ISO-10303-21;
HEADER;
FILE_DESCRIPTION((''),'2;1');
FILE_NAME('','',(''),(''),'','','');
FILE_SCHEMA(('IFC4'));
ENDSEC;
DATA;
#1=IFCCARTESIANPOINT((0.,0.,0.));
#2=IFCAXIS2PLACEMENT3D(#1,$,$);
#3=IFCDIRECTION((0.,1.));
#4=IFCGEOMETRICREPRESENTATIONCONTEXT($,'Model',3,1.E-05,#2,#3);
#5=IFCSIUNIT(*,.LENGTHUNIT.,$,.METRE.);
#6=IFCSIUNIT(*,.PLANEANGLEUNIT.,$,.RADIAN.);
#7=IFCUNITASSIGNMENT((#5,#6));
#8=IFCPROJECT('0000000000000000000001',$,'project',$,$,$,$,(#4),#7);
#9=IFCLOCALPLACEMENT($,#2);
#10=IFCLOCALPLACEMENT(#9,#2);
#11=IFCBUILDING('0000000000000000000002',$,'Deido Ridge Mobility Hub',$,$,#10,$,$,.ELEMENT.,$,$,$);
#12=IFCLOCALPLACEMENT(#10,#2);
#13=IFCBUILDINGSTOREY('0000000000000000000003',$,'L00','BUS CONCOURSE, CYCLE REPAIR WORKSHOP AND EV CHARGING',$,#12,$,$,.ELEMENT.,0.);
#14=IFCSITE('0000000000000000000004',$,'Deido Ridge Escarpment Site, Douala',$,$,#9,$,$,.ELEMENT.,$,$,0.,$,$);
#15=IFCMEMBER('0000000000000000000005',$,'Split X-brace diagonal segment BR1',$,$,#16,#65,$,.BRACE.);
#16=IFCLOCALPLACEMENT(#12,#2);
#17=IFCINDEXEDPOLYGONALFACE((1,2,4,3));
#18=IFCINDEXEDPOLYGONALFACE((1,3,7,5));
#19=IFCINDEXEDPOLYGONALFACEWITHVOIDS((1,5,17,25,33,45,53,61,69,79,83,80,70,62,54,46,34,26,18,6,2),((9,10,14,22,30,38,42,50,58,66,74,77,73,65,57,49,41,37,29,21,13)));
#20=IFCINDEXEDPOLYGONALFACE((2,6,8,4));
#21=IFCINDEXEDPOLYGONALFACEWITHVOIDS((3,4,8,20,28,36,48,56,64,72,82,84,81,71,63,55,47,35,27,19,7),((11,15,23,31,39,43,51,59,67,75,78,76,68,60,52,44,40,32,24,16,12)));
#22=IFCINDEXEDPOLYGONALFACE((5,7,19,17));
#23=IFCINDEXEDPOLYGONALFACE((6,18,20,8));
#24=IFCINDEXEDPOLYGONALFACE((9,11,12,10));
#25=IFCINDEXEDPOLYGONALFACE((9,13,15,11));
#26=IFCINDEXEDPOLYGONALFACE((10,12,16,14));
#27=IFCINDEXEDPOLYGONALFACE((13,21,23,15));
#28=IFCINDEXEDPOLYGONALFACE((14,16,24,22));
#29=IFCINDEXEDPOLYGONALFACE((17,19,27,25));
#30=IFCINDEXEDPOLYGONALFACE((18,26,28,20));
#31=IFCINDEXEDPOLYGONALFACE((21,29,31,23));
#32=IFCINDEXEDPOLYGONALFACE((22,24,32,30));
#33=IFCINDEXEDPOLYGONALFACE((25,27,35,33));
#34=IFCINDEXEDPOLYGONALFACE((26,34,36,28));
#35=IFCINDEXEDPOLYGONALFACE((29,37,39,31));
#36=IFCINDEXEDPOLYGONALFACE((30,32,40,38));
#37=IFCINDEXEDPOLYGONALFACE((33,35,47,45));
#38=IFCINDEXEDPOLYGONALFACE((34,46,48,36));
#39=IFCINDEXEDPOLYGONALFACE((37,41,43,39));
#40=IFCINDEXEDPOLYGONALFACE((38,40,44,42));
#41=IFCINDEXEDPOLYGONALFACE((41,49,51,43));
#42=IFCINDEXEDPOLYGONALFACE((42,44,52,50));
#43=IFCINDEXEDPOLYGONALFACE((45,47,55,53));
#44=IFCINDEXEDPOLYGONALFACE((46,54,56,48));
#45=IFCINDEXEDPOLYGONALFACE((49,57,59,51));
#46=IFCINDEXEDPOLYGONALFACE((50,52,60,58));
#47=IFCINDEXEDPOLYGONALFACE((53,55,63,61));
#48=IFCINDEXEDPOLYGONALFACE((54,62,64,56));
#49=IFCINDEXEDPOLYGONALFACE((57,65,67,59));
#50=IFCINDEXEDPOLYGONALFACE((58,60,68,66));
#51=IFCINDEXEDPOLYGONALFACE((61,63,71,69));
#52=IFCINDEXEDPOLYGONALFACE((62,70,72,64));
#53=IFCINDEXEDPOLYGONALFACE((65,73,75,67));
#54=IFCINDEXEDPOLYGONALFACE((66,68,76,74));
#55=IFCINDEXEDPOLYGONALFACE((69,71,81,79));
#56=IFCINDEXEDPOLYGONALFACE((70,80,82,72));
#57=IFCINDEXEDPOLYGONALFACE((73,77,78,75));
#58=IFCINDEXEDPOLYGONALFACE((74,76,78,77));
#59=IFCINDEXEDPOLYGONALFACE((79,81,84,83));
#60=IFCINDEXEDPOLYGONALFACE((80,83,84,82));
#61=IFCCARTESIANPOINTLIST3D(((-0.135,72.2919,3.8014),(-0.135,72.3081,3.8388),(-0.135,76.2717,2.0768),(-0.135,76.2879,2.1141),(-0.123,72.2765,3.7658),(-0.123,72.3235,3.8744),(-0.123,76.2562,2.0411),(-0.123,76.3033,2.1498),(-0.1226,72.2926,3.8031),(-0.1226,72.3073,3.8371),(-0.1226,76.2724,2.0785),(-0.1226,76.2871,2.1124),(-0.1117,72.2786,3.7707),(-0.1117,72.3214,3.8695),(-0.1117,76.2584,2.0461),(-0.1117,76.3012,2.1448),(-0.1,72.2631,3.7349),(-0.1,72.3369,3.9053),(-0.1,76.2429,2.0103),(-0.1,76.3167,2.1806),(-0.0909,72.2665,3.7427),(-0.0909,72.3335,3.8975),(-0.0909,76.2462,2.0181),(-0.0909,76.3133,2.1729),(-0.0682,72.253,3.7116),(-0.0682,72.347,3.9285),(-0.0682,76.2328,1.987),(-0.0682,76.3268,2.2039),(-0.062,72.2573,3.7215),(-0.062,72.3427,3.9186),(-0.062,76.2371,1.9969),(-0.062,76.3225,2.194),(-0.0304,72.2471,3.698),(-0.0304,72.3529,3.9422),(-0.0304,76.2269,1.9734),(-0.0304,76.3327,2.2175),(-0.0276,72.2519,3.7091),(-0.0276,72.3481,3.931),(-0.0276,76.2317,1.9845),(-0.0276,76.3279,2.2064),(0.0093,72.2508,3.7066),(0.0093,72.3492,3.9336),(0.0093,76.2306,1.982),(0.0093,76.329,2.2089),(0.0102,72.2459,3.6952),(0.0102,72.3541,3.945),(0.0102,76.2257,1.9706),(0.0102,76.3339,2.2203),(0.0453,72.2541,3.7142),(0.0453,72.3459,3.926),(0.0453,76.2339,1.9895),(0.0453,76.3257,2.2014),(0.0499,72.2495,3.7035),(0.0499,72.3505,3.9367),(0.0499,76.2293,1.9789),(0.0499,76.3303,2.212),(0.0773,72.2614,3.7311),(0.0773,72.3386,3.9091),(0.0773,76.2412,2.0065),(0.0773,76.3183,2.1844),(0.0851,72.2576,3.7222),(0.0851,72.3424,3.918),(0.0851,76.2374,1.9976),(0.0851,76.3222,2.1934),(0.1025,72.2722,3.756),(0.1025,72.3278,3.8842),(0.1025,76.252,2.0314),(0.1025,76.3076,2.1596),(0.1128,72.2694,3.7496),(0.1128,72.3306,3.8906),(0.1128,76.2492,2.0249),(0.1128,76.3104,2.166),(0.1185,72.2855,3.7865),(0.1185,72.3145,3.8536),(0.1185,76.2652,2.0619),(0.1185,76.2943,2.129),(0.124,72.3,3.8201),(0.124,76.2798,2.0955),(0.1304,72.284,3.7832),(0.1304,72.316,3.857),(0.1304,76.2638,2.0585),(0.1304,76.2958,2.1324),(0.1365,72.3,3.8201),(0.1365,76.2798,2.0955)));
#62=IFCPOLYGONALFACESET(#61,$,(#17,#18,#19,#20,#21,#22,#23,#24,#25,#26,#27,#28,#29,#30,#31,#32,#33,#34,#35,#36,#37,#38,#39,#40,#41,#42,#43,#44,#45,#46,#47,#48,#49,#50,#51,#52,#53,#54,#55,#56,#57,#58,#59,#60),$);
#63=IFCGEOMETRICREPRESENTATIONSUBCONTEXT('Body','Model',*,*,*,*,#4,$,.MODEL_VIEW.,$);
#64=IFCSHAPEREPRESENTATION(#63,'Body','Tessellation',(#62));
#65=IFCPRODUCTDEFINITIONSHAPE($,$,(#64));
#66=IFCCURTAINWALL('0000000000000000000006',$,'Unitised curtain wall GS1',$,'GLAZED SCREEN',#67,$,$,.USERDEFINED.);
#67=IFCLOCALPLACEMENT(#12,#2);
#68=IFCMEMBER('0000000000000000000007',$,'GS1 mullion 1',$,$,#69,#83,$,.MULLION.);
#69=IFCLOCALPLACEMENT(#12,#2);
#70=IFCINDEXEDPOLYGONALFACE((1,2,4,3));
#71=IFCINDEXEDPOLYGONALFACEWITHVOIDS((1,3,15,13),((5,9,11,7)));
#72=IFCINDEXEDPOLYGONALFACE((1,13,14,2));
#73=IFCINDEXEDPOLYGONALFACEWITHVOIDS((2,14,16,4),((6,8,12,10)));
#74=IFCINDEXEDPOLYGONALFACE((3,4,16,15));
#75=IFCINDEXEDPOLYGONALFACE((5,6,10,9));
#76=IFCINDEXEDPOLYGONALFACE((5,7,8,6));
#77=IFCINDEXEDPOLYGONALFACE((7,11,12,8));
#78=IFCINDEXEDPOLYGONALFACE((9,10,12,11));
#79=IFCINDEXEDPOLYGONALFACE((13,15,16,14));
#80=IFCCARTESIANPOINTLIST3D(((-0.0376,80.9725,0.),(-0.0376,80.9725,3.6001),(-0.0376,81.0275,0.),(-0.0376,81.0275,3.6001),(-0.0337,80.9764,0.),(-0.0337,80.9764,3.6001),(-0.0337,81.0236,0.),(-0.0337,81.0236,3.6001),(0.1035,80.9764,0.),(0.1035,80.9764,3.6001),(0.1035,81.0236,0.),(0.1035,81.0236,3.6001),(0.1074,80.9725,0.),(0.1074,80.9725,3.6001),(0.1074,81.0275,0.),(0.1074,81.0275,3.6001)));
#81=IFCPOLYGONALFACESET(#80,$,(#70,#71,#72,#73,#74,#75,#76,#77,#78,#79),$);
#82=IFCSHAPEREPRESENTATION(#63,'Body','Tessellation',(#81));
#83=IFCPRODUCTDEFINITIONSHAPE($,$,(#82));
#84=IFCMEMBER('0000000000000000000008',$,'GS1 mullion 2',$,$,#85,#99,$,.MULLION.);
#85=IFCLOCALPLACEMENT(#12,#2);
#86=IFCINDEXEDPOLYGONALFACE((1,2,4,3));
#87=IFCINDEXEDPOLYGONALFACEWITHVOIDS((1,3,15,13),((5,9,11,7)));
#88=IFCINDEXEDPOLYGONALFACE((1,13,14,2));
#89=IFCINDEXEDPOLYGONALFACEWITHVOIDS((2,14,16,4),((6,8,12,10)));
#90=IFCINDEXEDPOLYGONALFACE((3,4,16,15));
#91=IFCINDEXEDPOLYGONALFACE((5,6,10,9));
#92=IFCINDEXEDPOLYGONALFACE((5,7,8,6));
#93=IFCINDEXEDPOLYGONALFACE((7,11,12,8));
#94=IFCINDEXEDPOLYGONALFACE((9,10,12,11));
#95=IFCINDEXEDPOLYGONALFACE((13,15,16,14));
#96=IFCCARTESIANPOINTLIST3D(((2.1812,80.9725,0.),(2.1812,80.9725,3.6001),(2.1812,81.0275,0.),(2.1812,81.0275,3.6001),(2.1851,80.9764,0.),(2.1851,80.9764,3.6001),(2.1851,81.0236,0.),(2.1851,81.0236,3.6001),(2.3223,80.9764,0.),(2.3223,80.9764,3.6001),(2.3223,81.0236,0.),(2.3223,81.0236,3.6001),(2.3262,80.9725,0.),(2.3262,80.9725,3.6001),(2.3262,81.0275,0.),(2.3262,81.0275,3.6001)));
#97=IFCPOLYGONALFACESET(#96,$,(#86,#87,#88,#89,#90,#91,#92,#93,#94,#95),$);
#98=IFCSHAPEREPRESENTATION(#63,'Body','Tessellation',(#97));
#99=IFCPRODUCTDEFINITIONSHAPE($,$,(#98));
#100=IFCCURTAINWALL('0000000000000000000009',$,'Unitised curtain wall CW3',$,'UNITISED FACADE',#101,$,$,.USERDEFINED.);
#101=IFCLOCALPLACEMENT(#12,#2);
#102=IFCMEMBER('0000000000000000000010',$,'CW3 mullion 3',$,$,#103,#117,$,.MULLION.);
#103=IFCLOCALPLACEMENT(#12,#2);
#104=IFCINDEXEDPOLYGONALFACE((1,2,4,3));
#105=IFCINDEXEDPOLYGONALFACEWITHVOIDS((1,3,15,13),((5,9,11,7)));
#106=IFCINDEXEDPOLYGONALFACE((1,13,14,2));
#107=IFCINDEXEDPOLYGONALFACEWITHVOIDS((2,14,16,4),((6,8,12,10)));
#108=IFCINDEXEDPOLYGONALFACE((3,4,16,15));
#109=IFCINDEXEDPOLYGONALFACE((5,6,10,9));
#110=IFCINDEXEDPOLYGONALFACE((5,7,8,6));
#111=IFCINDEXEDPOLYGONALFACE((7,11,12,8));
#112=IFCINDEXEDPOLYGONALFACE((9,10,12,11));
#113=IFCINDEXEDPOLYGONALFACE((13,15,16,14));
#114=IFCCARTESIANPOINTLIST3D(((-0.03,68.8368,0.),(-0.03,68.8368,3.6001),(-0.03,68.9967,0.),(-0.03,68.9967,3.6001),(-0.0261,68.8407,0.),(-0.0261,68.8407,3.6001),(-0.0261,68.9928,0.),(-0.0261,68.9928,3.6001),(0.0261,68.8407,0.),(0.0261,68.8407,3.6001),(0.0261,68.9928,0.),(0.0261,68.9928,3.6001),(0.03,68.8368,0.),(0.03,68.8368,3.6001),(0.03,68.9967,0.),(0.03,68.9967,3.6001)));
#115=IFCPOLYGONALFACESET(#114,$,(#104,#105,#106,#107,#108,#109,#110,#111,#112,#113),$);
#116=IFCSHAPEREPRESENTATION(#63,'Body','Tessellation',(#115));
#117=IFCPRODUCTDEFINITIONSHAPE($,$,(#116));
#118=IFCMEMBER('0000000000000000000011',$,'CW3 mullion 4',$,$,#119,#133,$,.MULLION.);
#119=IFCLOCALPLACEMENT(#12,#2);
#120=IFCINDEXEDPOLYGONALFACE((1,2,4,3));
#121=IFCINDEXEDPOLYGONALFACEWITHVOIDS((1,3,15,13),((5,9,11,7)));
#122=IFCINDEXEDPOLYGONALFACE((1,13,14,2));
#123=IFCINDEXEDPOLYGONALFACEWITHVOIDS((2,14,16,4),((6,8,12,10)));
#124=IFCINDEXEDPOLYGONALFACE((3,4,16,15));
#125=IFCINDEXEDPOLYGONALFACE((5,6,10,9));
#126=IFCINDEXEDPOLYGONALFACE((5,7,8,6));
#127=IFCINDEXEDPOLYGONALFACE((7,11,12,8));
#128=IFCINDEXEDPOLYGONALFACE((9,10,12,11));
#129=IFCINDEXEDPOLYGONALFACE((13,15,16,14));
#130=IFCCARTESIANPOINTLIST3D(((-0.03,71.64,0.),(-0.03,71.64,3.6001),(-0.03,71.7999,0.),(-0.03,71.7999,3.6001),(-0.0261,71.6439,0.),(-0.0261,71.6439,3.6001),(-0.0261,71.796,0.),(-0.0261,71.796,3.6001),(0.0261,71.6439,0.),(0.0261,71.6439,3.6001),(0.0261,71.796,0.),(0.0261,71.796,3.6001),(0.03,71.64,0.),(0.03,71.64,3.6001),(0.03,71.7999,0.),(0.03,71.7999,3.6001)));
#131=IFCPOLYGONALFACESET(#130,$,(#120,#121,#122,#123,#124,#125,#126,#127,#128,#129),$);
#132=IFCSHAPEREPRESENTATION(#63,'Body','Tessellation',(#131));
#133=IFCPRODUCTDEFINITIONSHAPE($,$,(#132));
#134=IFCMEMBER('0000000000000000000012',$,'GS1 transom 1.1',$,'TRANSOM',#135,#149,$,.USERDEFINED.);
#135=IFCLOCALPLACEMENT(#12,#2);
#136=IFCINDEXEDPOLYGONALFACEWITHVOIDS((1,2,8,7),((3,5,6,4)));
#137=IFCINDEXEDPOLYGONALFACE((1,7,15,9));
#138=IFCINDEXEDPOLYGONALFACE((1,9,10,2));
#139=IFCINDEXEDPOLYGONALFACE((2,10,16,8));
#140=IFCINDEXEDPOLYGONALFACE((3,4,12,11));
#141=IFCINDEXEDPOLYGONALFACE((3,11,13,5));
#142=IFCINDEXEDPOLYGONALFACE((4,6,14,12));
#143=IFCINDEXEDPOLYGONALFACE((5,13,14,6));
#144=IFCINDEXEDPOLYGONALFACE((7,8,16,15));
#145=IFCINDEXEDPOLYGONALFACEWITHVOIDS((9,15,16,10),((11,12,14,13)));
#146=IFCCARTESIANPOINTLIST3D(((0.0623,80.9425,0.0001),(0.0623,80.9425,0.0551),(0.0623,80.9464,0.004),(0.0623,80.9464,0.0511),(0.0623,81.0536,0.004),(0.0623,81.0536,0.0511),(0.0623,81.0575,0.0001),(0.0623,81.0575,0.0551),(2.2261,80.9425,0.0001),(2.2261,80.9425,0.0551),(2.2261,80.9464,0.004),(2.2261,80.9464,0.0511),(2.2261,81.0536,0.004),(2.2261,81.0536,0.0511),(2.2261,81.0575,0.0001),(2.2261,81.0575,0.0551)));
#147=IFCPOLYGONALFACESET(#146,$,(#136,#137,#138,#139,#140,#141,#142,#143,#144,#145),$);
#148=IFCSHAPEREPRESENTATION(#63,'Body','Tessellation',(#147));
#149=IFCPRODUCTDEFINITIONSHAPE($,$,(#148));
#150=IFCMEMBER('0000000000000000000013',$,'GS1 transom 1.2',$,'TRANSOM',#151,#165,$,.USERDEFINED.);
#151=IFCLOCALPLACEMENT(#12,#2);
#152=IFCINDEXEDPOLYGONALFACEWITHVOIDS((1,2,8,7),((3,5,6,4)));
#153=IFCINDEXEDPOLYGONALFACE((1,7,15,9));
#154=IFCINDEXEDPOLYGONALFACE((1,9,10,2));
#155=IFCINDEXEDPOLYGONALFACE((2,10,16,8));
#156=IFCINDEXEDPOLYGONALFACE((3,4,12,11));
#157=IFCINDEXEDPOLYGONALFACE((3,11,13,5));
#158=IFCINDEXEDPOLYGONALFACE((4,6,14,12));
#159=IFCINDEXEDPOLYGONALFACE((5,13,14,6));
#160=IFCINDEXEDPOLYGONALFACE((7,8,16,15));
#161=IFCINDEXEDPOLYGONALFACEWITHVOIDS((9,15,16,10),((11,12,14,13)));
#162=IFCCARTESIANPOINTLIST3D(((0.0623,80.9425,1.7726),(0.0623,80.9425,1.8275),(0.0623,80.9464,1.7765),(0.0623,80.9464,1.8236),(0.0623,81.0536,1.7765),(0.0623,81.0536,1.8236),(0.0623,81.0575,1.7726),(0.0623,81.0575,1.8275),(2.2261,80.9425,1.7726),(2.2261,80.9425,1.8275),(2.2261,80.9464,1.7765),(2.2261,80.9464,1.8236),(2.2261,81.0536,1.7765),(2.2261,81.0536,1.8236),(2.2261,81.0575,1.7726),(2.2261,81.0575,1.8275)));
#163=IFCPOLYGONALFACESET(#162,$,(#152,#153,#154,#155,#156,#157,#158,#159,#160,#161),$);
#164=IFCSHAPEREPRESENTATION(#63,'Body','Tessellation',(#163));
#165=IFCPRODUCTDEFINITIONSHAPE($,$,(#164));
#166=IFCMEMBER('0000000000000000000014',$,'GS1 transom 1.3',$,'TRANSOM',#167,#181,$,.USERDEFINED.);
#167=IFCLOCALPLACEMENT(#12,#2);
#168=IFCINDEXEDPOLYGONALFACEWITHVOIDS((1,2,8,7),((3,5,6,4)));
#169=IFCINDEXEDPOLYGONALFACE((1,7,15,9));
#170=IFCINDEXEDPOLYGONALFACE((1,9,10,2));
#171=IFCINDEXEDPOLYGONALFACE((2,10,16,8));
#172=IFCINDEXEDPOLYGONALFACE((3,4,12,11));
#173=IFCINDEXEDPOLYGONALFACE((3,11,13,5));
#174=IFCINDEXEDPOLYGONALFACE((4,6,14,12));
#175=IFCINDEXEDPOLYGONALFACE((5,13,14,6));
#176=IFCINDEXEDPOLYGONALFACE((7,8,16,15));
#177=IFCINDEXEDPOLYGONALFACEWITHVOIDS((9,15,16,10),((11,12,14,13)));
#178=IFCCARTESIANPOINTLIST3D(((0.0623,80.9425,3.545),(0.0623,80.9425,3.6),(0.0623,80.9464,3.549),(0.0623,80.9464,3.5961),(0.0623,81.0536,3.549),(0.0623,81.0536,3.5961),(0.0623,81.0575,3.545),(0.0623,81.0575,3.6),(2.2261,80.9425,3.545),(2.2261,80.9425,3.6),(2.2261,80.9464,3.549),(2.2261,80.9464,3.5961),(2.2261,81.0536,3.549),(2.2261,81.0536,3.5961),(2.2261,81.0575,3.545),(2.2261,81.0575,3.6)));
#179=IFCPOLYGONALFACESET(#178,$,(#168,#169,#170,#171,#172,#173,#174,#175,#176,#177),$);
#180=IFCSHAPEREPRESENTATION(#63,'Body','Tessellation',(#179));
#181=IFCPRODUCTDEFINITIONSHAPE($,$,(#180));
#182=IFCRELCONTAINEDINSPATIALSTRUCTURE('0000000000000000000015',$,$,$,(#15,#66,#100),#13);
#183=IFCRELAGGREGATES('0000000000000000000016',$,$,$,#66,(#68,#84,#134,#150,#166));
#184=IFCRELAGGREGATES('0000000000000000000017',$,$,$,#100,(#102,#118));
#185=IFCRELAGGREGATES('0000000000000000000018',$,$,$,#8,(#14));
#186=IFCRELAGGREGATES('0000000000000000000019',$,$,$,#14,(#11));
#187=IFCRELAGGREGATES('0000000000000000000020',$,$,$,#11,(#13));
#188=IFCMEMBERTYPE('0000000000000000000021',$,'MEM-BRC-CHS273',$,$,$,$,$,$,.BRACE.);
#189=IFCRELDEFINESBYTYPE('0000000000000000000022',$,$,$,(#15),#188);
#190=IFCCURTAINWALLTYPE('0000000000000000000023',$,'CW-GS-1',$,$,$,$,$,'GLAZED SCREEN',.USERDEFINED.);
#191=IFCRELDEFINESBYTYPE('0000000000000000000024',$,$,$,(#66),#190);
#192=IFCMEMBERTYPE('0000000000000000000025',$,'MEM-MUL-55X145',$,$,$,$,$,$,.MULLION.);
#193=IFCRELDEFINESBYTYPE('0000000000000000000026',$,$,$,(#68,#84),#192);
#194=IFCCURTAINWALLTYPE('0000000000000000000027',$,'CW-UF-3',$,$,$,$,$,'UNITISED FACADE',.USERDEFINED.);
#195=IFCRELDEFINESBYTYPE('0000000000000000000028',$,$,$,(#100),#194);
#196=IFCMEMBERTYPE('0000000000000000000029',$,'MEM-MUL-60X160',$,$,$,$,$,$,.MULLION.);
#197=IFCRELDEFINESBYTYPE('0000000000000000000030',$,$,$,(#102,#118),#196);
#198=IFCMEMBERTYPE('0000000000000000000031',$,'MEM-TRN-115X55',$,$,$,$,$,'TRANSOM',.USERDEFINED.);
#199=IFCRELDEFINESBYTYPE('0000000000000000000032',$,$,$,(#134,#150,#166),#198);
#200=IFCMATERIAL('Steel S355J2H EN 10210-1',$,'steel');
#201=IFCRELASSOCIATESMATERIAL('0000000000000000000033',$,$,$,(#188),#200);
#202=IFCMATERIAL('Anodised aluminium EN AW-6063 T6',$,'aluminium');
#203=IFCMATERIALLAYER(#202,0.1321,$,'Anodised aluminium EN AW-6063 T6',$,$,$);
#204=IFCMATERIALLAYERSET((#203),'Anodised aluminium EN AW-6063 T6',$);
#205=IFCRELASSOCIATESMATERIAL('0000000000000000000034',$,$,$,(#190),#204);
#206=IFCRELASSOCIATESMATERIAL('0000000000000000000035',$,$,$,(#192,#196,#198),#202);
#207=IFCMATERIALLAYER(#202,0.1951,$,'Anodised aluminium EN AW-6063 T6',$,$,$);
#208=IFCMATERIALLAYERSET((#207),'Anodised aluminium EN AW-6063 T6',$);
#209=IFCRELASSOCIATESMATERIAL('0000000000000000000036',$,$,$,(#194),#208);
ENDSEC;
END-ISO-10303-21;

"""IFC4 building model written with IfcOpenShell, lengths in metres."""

from ifc_helpers import new_model, si_unit, direction, frame, origin, origin_2d, place, context, subcontext, project, spatial, hollow_rectangle, hollow_circle, extrude, material, layer, layer_set, material_profile, profile_set, type_object, element, aggregate, save


model = new_model("IFC4")

# Units and contexts
model_context = context("Model", 3, precision=1e-05, world=origin(), true_north=direction((0.0, 1.0)))
body_context = subcontext(model_context, "Body", "Model", "MODEL_VIEW")
ifc_project = project(units=[si_unit("LENGTHUNIT", "METRE"), si_unit("PLANEANGLEUNIT", "RADIAN")], contexts=[model_context])

# Site, building, storey
site_placement = place(None, origin())
site = spatial("IfcSite", under=ifc_project, at=site_placement, Name="Deido Ridge Escarpment Site, Douala", CompositionType="ELEMENT", RefElevation=0.0)
building_placement = place(site_placement, origin())
building = spatial("IfcBuilding", under=site, at=building_placement, Name="Deido Ridge Mobility Hub", CompositionType="ELEMENT")
storey_placement = place(building_placement, origin())
storey = spatial("IfcBuildingStorey", under=building, at=storey_placement, Name="L00", Description="BUS CONCOURSE, CYCLE REPAIR WORKSHOP AND EV CHARGING", CompositionType="ELEMENT", Elevation=0.0)

# Member
ifc_material_1 = material(Name="Steel S355J2H EN 10210-1", Category="steel")
ifc_material_profile_1 = material_profile(ifc_material_1, hollow_circle(Radius=0.1365, WallThickness=0.0125, at=origin_2d()), Name="CHS 273x12.5")
ifc_profile_set_1 = profile_set([ifc_material_profile_1], Name="Steel S355J2H EN 10210-1")
member_type_1 = type_object("IfcMemberType", Name="MEM-BRC-CHS273", PredefinedType="BRACE", material=ifc_profile_set_1)
for number, where, z_axis, x_axis, name in (
    (1, (0.0, 76.2798, 2.0955), (0.0, -0.917551, 0.397618), (1.0, 0.0, 0.0), "Split X-brace diagonal segment BR1"),
):
    element("IfcMember", number, at=place(storey_placement, frame(where, z_axis=z_axis, x_axis=x_axis)), inside=storey, type_object=member_type_1, Name=name, PredefinedType="BRACE", context=body_context, shape_type="SweptSolid", body=[
        extrude(hollow_circle(Radius=0.1365, WallThickness=0.0125, at=origin_2d()), origin(), (0.0, 0.0, 1.0), 4.3374),
    ])

# Curtain walls, members
ifc_material_2 = material(Name="Anodised aluminium EN AW-6063 T6", Category="aluminium")
ifc_layer_1 = layer(ifc_material_2, 0.1321, Name="Anodised aluminium EN AW-6063 T6")
ifc_layer_set_1 = layer_set([ifc_layer_1], Name="Anodised aluminium EN AW-6063 T6")
curtain_wall_type_1 = type_object("IfcCurtainWallType", Name="CW-GS-1", ElementType="GLAZED SCREEN", PredefinedType="USERDEFINED", material=ifc_layer_set_1)
curtain_wall_1_placement = place(storey_placement, origin())
curtain_wall_1 = element("IfcCurtainWall", 2, at=curtain_wall_1_placement, inside=storey, type_object=curtain_wall_type_1, Name="Unitised curtain wall GS1", ObjectType="GLAZED SCREEN", PredefinedType="USERDEFINED")
ifc_material_profile_2 = material_profile(ifc_material_2, hollow_rectangle(XDim=0.0549, YDim=0.145, WallThickness=0.0039, at=origin_2d()), Name="RHS 55x145x4")
ifc_profile_set_2 = profile_set([ifc_material_profile_2], Name="Anodised aluminium EN AW-6063 T6")
member_type_2 = type_object("IfcMemberType", Name="MEM-MUL-55X145", PredefinedType="MULLION", material=ifc_profile_set_2)
member_1_placement = place(storey_placement, frame((0.0349, 81.0, 0.0), z_axis=(0.0, 0.0, 1.0), x_axis=(0.0, 1.0, 0.0)))
member_1 = element("IfcMember", 3, at=member_1_placement, type_object=member_type_2, Name="GS1 mullion 1", PredefinedType="MULLION", context=body_context, shape_type="SweptSolid", body=[
    extrude(hollow_rectangle(XDim=0.0549, YDim=0.145, WallThickness=0.0039, at=origin_2d()), origin(), (0.0, 0.0, 1.0), 3.6001),
])
member_2_placement = place(storey_placement, frame((2.2537, 81.0, 0.0), z_axis=(0.0, 0.0, 1.0), x_axis=(0.0, 1.0, 0.0)))
member_2 = element("IfcMember", 4, at=member_2_placement, type_object=member_type_2, Name="GS1 mullion 2", PredefinedType="MULLION", context=body_context, shape_type="SweptSolid", body=[
    extrude(hollow_rectangle(XDim=0.0549, YDim=0.145, WallThickness=0.0039, at=origin_2d()), origin(), (0.0, 0.0, 1.0), 3.6001),
])
ifc_layer_2 = layer(ifc_material_2, 0.1951, Name="Anodised aluminium EN AW-6063 T6")
ifc_layer_set_2 = layer_set([ifc_layer_2], Name="Anodised aluminium EN AW-6063 T6")
curtain_wall_type_2 = type_object("IfcCurtainWallType", Name="CW-UF-3", ElementType="UNITISED FACADE", PredefinedType="USERDEFINED", material=ifc_layer_set_2)
curtain_wall_2_placement = place(storey_placement, origin())
curtain_wall_2 = element("IfcCurtainWall", 5, at=curtain_wall_2_placement, inside=storey, type_object=curtain_wall_type_2, Name="Unitised curtain wall CW3", ObjectType="UNITISED FACADE", PredefinedType="USERDEFINED")
ifc_material_profile_3 = material_profile(ifc_material_2, hollow_rectangle(XDim=0.0601, YDim=0.1599, WallThickness=0.0039, at=origin_2d()), Name="RHS 60x160x4")
ifc_profile_set_3 = profile_set([ifc_material_profile_3], Name="Anodised aluminium EN AW-6063 T6")
member_type_3 = type_object("IfcMemberType", Name="MEM-MUL-60X160", PredefinedType="MULLION", material=ifc_profile_set_3)
member_3_placement = place(storey_placement, frame((0.0, 68.9167, 0.0), z_axis=(0.0, 0.0, 1.0), x_axis=(-1.0, 0.0, 0.0)))
member_3 = element("IfcMember", 6, at=member_3_placement, type_object=member_type_3, Name="CW3 mullion 3", PredefinedType="MULLION", context=body_context, shape_type="SweptSolid", body=[
    extrude(hollow_rectangle(XDim=0.0601, YDim=0.1599, WallThickness=0.0039, at=origin_2d()), origin(), (0.0, 0.0, 1.0), 3.6001),
])
member_4_placement = place(storey_placement, frame((0.0, 71.72, 0.0), z_axis=(0.0, 0.0, 1.0), x_axis=(-1.0, 0.0, 0.0)))
member_4 = element("IfcMember", 7, at=member_4_placement, type_object=member_type_3, Name="CW3 mullion 4", PredefinedType="MULLION", context=body_context, shape_type="SweptSolid", body=[
    extrude(hollow_rectangle(XDim=0.0601, YDim=0.1599, WallThickness=0.0039, at=origin_2d()), origin(), (0.0, 0.0, 1.0), 3.6001),
])

# Members
ifc_material_profile_4 = material_profile(ifc_material_2, hollow_rectangle(XDim=0.115, YDim=0.0549, WallThickness=0.0039, at=origin_2d()), Name="RHS 115x55x4")
ifc_profile_set_4 = profile_set([ifc_material_profile_4], Name="Anodised aluminium EN AW-6063 T6")
member_type_4 = type_object("IfcMemberType", Name="MEM-TRN-115X55", ElementType="TRANSOM", PredefinedType="USERDEFINED", material=ifc_profile_set_4)
member_5_placement = place(storey_placement, frame((0.0623, 81.0, 0.0276), z_axis=(1.0, 0.0, 0.0), x_axis=(0.0, 1.0, 0.0)))
member_5 = element("IfcMember", 8, at=member_5_placement, type_object=member_type_4, Name="GS1 transom 1.1", ObjectType="TRANSOM", PredefinedType="USERDEFINED", context=body_context, shape_type="SweptSolid", body=[
    extrude(hollow_rectangle(XDim=0.115, YDim=0.0549, WallThickness=0.0039, at=origin_2d()), origin(), (0.0, 0.0, 1.0), 2.1638),
])
member_6_placement = place(storey_placement, frame((0.0623, 81.0, 1.8), z_axis=(1.0, 0.0, 0.0), x_axis=(0.0, 1.0, 0.0)))
member_6 = element("IfcMember", 9, at=member_6_placement, type_object=member_type_4, Name="GS1 transom 1.2", ObjectType="TRANSOM", PredefinedType="USERDEFINED", context=body_context, shape_type="SweptSolid", body=[
    extrude(hollow_rectangle(XDim=0.115, YDim=0.0549, WallThickness=0.0039, at=origin_2d()), origin(), (0.0, 0.0, 1.0), 2.1638),
])
member_7_placement = place(storey_placement, frame((0.0623, 81.0, 3.5725), z_axis=(1.0, 0.0, 0.0), x_axis=(0.0, 1.0, 0.0)))
member_7 = element("IfcMember", 10, at=member_7_placement, type_object=member_type_4, Name="GS1 transom 1.3", ObjectType="TRANSOM", PredefinedType="USERDEFINED", context=body_context, shape_type="SweptSolid", body=[
    extrude(hollow_rectangle(XDim=0.115, YDim=0.0549, WallThickness=0.0039, at=origin_2d()), origin(), (0.0, 0.0, 1.0), 2.1638),
])

aggregate(curtain_wall_1, [member_1, member_2, member_5, member_6, member_7])
aggregate(curtain_wall_2, [member_3, member_4])

save(model, "model.ifc")
